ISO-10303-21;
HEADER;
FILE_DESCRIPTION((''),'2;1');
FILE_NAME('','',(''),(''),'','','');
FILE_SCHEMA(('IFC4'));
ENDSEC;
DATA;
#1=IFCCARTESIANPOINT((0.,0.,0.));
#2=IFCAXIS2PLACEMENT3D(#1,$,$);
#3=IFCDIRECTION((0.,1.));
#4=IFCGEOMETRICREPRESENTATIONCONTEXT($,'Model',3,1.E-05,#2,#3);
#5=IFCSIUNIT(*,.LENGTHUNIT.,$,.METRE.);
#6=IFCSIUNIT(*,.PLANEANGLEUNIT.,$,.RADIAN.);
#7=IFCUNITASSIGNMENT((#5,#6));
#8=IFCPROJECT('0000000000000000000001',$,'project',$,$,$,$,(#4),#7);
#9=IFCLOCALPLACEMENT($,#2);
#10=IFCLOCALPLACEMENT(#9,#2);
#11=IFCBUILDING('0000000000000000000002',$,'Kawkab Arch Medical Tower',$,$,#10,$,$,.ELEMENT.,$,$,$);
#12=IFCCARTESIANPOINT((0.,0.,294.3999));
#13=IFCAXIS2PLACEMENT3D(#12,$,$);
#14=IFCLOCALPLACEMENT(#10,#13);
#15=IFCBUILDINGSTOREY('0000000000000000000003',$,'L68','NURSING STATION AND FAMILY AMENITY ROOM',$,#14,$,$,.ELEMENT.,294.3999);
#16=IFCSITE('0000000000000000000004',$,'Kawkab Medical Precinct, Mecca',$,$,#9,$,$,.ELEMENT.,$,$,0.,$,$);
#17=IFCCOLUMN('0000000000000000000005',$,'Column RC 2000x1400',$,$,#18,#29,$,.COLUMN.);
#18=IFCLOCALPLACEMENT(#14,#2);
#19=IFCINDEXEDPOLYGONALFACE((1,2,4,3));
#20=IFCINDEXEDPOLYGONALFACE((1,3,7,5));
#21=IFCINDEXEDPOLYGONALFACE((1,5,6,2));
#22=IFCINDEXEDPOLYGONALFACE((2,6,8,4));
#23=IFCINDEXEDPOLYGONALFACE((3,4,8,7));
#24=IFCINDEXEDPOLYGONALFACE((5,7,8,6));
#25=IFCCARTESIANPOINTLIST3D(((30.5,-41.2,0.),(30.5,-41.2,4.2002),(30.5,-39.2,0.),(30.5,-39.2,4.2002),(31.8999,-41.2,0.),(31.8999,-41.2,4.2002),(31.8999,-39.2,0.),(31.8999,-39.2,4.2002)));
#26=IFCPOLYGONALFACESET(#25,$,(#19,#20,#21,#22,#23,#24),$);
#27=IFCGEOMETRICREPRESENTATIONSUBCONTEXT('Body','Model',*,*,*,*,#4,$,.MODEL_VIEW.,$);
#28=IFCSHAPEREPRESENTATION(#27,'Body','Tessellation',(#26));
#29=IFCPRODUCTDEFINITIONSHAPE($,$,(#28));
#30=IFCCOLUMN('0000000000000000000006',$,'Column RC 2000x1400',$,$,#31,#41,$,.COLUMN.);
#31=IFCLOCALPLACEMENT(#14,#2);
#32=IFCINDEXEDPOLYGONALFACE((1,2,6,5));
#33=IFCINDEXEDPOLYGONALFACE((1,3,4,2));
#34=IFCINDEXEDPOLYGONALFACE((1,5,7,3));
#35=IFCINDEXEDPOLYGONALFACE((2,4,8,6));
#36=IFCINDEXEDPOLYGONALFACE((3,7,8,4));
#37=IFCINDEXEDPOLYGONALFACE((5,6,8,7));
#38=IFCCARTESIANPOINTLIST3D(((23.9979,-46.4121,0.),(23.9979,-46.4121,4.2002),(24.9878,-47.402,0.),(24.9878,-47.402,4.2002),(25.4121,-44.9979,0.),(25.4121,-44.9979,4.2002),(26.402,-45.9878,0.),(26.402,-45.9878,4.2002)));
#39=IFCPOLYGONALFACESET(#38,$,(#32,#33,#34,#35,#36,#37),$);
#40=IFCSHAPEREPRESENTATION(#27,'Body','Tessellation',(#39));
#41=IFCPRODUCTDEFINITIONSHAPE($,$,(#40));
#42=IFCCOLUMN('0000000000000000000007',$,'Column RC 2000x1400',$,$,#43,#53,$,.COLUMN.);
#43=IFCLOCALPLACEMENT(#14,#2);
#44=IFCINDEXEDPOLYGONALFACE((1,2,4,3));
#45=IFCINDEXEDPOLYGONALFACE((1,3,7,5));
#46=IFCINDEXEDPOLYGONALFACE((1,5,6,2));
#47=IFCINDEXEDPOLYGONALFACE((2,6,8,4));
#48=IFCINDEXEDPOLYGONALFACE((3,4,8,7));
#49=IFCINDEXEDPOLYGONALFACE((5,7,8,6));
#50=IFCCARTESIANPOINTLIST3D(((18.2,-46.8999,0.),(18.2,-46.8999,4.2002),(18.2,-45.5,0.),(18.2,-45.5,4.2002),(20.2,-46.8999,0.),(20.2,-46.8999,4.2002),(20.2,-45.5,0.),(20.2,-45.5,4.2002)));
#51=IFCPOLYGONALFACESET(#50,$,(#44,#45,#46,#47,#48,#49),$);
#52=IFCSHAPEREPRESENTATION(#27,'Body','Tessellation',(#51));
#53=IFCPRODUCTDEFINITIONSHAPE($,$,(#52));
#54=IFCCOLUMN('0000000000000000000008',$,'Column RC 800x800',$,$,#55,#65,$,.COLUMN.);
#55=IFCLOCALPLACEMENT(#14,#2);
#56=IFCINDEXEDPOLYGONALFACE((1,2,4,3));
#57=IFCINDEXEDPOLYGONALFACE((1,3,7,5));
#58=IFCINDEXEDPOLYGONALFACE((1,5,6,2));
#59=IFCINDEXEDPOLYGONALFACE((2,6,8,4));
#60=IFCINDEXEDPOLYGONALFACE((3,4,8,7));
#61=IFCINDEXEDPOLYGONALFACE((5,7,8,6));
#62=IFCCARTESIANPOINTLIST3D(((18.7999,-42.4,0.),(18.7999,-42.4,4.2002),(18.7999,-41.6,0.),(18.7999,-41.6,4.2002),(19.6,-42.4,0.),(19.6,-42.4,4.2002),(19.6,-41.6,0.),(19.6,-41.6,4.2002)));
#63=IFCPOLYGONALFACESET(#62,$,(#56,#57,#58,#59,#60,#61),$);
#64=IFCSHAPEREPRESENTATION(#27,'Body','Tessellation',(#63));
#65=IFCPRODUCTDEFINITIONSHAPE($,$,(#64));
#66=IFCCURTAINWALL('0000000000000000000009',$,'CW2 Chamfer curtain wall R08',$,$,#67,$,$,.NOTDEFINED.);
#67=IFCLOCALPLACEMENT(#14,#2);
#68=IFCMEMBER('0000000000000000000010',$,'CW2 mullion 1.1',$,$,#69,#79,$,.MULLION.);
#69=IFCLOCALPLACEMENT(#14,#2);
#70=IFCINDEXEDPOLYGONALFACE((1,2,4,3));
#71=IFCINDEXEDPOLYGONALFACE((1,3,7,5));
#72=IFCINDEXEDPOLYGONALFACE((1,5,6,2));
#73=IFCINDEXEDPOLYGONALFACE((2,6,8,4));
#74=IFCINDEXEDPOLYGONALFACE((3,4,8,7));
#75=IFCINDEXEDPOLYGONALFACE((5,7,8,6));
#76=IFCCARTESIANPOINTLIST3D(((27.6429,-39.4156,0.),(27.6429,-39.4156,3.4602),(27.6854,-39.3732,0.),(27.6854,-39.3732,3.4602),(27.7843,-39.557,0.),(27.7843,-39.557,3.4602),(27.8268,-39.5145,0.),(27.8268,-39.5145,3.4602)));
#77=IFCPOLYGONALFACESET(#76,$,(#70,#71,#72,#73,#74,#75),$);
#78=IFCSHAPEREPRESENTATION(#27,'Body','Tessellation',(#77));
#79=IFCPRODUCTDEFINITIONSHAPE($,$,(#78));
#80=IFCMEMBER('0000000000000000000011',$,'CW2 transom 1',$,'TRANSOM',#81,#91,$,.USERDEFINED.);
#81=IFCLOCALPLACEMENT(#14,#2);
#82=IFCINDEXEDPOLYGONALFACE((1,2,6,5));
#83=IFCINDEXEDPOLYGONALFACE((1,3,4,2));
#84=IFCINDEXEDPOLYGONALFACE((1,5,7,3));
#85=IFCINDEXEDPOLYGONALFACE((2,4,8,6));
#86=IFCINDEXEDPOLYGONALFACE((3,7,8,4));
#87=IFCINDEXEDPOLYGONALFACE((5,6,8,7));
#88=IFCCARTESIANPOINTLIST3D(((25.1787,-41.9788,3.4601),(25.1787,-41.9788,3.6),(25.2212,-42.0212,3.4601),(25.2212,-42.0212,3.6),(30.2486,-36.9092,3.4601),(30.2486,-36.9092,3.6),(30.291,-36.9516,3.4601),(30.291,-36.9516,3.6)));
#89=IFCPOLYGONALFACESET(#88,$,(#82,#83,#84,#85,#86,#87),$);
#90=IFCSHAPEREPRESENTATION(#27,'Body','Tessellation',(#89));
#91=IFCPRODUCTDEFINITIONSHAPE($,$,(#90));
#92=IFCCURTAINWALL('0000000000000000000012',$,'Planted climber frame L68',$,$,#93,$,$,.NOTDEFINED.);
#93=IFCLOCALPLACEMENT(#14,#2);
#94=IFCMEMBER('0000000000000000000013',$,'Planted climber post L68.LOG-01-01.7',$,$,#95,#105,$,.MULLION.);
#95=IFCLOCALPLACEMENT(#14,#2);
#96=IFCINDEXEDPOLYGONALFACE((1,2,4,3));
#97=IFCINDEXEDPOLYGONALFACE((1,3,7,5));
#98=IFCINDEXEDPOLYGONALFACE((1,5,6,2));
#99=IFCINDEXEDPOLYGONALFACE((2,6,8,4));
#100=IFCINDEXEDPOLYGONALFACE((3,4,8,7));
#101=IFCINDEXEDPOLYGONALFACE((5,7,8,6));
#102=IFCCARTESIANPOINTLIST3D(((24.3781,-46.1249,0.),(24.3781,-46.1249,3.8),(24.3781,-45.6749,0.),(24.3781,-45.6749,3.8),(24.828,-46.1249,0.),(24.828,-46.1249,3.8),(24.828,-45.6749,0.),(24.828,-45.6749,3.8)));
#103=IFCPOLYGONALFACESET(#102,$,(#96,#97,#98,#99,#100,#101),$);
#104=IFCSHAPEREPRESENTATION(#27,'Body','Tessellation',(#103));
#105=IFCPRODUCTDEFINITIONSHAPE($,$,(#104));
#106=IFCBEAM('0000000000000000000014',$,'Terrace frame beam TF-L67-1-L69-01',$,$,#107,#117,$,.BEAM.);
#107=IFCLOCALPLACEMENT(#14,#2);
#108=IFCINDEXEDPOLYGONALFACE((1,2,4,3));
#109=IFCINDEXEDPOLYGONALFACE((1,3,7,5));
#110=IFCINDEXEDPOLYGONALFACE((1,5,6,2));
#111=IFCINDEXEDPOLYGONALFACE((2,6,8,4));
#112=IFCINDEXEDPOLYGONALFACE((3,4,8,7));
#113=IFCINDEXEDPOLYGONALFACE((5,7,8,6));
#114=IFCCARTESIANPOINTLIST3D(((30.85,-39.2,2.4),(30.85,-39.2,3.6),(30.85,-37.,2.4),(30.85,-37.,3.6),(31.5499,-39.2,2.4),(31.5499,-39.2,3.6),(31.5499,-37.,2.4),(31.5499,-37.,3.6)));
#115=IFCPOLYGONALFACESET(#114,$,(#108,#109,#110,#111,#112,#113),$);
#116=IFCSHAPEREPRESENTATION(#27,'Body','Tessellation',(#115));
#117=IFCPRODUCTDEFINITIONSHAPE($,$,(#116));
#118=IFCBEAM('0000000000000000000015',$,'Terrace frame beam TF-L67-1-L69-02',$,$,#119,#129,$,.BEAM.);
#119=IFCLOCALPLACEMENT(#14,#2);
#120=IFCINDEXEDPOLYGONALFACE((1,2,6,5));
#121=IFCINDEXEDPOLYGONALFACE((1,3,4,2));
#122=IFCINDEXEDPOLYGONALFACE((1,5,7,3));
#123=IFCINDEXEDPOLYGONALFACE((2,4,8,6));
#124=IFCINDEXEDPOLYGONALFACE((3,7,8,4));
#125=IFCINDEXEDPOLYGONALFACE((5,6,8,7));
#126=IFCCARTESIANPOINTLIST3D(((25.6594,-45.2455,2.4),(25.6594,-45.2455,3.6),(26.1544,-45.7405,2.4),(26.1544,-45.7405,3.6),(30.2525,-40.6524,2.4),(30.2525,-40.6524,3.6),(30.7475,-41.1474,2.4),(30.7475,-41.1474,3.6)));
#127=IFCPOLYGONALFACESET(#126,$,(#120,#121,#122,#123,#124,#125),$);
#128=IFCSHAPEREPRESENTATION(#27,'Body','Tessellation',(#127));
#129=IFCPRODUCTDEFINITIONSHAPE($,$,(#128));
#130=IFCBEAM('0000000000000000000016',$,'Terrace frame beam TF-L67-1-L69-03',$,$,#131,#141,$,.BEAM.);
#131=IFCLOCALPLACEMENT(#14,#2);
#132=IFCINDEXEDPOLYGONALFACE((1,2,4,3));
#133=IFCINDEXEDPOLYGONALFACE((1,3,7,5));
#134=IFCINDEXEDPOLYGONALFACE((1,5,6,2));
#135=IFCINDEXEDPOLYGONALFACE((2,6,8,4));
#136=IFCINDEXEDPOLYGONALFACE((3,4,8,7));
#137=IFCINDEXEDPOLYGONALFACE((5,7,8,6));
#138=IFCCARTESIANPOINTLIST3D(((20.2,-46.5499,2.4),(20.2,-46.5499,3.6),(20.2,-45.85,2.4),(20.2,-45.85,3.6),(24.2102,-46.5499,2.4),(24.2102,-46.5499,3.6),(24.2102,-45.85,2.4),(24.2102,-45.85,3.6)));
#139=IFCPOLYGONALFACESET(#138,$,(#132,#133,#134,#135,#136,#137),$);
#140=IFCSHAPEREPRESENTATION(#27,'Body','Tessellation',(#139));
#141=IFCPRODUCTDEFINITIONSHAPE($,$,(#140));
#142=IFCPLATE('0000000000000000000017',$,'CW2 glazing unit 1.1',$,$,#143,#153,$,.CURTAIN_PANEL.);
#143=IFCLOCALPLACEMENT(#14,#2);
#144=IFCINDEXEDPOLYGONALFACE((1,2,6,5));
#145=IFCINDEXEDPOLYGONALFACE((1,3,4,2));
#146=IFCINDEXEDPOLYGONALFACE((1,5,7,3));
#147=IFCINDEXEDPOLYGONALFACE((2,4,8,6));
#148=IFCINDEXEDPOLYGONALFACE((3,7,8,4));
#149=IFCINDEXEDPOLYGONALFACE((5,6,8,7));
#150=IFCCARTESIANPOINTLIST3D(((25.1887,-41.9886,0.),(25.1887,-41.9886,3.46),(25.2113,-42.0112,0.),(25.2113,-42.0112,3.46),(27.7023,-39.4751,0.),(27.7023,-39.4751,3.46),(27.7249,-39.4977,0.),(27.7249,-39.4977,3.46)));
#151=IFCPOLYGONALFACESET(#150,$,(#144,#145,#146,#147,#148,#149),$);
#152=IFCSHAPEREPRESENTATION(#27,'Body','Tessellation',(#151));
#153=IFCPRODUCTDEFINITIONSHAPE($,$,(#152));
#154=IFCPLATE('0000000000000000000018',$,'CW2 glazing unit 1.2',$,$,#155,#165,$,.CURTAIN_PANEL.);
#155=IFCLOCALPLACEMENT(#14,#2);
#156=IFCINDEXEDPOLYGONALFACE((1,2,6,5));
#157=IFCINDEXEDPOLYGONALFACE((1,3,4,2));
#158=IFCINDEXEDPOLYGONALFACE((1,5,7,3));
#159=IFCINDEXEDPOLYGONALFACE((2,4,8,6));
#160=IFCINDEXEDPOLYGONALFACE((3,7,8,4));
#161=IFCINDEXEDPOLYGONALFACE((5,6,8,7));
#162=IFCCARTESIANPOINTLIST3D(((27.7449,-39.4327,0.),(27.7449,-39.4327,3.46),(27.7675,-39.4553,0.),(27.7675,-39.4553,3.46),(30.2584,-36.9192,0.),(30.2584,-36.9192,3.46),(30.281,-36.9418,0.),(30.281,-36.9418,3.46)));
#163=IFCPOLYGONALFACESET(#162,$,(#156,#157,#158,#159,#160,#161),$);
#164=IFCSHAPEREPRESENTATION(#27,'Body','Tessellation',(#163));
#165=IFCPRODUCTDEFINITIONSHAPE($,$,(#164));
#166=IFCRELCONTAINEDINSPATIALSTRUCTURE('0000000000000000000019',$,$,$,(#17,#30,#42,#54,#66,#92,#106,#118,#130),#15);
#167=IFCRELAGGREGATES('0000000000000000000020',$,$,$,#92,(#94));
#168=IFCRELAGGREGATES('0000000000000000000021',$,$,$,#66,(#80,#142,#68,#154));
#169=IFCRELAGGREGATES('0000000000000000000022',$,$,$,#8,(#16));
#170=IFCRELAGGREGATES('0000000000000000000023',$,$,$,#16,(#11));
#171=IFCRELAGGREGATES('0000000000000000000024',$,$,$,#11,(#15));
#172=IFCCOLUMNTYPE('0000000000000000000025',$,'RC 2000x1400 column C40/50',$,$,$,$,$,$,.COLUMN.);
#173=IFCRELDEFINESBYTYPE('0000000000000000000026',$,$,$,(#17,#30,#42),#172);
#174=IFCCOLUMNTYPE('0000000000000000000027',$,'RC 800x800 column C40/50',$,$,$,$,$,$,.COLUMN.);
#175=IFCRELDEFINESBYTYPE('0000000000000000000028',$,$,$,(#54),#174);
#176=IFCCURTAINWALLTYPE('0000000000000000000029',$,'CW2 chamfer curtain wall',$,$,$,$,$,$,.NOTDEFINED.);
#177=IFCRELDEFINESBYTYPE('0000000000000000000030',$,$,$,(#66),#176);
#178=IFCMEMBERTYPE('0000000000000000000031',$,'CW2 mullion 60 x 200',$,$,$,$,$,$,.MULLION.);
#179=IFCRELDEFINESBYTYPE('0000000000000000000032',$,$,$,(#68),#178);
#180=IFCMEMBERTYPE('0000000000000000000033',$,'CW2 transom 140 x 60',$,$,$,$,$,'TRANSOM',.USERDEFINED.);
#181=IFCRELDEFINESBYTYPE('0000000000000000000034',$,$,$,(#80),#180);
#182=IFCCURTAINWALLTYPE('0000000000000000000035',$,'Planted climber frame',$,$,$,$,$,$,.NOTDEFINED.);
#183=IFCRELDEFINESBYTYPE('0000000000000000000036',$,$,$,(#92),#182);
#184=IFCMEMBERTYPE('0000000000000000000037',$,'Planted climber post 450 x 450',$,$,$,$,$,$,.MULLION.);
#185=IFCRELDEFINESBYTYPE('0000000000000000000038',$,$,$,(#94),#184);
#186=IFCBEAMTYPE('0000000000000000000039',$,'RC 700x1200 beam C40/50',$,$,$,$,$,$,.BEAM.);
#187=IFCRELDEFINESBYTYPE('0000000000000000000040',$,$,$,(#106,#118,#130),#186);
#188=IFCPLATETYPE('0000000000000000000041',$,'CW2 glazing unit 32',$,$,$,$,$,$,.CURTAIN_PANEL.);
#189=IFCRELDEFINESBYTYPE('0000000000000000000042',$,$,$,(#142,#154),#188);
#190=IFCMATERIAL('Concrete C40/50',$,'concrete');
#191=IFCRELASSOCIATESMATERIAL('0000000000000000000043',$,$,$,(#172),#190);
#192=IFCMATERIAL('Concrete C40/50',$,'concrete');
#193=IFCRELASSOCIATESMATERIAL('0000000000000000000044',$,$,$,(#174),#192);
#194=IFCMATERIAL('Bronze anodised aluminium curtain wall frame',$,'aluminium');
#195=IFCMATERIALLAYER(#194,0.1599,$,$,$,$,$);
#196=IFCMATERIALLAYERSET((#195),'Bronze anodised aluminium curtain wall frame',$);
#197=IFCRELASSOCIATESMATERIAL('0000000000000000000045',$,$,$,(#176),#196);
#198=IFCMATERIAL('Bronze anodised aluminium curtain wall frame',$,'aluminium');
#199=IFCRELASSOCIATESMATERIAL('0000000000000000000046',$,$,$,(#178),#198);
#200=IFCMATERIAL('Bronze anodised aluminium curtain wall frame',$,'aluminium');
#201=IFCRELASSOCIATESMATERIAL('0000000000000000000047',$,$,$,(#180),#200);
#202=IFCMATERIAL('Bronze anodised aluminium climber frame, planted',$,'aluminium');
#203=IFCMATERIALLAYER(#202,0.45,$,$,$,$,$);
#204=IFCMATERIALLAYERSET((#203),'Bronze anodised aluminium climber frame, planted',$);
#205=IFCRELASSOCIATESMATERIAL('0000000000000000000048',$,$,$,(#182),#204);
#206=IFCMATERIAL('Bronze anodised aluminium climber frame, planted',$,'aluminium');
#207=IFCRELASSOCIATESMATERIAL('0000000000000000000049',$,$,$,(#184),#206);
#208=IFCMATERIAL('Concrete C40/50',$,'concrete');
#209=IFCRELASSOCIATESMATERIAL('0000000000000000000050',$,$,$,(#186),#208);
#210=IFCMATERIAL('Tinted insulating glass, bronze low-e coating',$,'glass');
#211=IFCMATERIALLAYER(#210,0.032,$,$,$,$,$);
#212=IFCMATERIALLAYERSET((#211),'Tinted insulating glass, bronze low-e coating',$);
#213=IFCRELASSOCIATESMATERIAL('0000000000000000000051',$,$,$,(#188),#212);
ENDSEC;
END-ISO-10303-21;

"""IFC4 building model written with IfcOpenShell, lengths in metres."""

from ifc_helpers import new_model, si_unit, direction, frame, origin, origin_2d, place, context, subcontext, project, spatial, rectangle, extrude, material, layer, layer_set, material_profile, profile_set, type_object, element, aggregate, save


model = new_model("IFC4")

# Units and contexts
model_context = context("Model", 3, precision=1e-05, world=origin(), true_north=direction((0.0, 1.0)))
body_context = subcontext(model_context, "Body", "Model", "MODEL_VIEW")
ifc_project = project(units=[si_unit("LENGTHUNIT", "METRE"), si_unit("PLANEANGLEUNIT", "RADIAN")], contexts=[model_context])

# Site, building, storey
site_placement = place(None, origin())
site = spatial("IfcSite", under=ifc_project, at=site_placement, Name="Kawkab Medical Precinct, Mecca", CompositionType="ELEMENT", RefElevation=0.0)
building_placement = place(site_placement, origin())
building = spatial("IfcBuilding", under=site, at=building_placement, Name="Kawkab Arch Medical Tower", CompositionType="ELEMENT")
storey_placement = place(building_placement, frame((0.0, 0.0, 294.3999)))
storey = spatial("IfcBuildingStorey", under=building, at=storey_placement, Name="L68", Description="NURSING STATION AND FAMILY AMENITY ROOM", CompositionType="ELEMENT", Elevation=294.3999)

# Columns
ifc_material_1 = material(Name="Concrete C40/50", Category="concrete")
ifc_material_profile_1 = material_profile(ifc_material_1, rectangle(XDim=2.0, YDim=1.3999, at=origin_2d()), Name="RC 2000x1400")
ifc_profile_set_1 = profile_set([ifc_material_profile_1], Name="Concrete C40/50")
column_type_1 = type_object("IfcColumnType", Name="RC 2000x1400 column C40/50", PredefinedType="COLUMN", material=ifc_profile_set_1)
for number, where, z_axis, x_axis, name in (
    (1, (31.2, -40.2, 0.0), (0.0, 0.0, 1.0), (0.0, -1.0, 0.0), "Column RC 2000x1400"),
    (2, (25.2, -46.2, 0.0), (0.0, 0.0, 1.0), (-0.707107, -0.707107, 0.0), "Column RC 2000x1400"),
    (3, (19.2, -46.2, 0.0), (0.0, 0.0, 1.0), (-1.0, 0.0, 0.0), "Column RC 2000x1400"),
):
    element("IfcColumn", number, at=place(storey_placement, frame(where, z_axis=z_axis, x_axis=x_axis)), inside=storey, type_object=column_type_1, Name=name, PredefinedType="COLUMN", context=body_context, shape_type="SweptSolid", body=[
        extrude(rectangle(XDim=2.0, YDim=1.3999, at=origin_2d()), origin(), (0.0, 0.0, 1.0), 4.2002),
    ])
ifc_material_2 = material(Name="Concrete C40/50", Category="concrete")
ifc_material_profile_2 = material_profile(ifc_material_2, rectangle(XDim=0.8, YDim=0.8, at=origin_2d()), Name="RC 800x800")
ifc_profile_set_2 = profile_set([ifc_material_profile_2], Name="Concrete C40/50")
column_type_2 = type_object("IfcColumnType", Name="RC 800x800 column C40/50", PredefinedType="COLUMN", material=ifc_profile_set_2)
column_placement = place(storey_placement, frame((19.2, -42.0, 0.0), z_axis=(0.0, 0.0, 1.0), x_axis=(1.0, 0.0, 0.0)))
element("IfcColumn", 4, at=column_placement, inside=storey, type_object=column_type_2, Name="Column RC 800x800", PredefinedType="COLUMN", context=body_context, shape_type="SweptSolid", body=[
    extrude(rectangle(XDim=0.8, YDim=0.8, at=origin_2d()), origin(), (0.0, 0.0, 1.0), 4.2002),
])

# Curtain wall, members
ifc_material_3 = material(Name="Bronze anodised aluminium curtain wall frame", Category="aluminium")
ifc_layer_1 = layer(ifc_material_3, 0.1599)
ifc_layer_set_1 = layer_set([ifc_layer_1], Name="Bronze anodised aluminium curtain wall frame")
curtain_wall_type_1 = type_object("IfcCurtainWallType", Name="CW2 chamfer curtain wall", PredefinedType="NOTDEFINED", material=ifc_layer_set_1)
placement = place(storey_placement, origin())
curtain_wall_1 = element("IfcCurtainWall", 5, at=placement, inside=storey, type_object=curtain_wall_type_1, Name="CW2 Chamfer curtain wall R08", PredefinedType="NOTDEFINED")
ifc_material_4 = material(Name="Bronze anodised aluminium curtain wall frame", Category="aluminium")
ifc_material_profile_3 = material_profile(ifc_material_4, rectangle(XDim=0.2, YDim=0.0601, at=origin_2d()), Name="AL 60x200")
ifc_profile_set_3 = profile_set([ifc_material_profile_3], Name="Bronze anodised aluminium curtain wall frame")
member_type_1 = type_object("IfcMemberType", Name="CW2 mullion 60 x 200", PredefinedType="MULLION", material=ifc_profile_set_3)
member_1_placement = place(storey_placement, frame((27.7349, -39.4651, 0.0), z_axis=(0.0, 0.0, 1.0), x_axis=(-0.707107, 0.707107, 0.0)))
member_1 = element("IfcMember", 6, at=member_1_placement, type_object=member_type_1, Name="CW2 mullion 1.1", PredefinedType="MULLION", context=body_context, shape_type="SweptSolid", body=[
    extrude(rectangle(XDim=0.2, YDim=0.0601, at=origin_2d()), origin(), (0.0, 0.0, 1.0), 3.4602),
])
ifc_material_5 = material(Name="Bronze anodised aluminium curtain wall frame", Category="aluminium")
ifc_material_profile_4 = material_profile(ifc_material_5, rectangle(XDim=0.0601, YDim=0.1399, at=origin_2d()), Name="AL 60x140")
ifc_profile_set_4 = profile_set([ifc_material_profile_4], Name="Bronze anodised aluminium curtain wall frame")
member_type_2 = type_object("IfcMemberType", Name="CW2 transom 140 x 60", ElementType="TRANSOM", PredefinedType="USERDEFINED", material=ifc_profile_set_4)
member_2_placement = place(storey_placement, frame((25.2, -42.0, 3.53), z_axis=(0.707124, 0.70709, 0.0), x_axis=(-0.70709, 0.707124, 0.0)))
member_2 = element("IfcMember", 7, at=member_2_placement, type_object=member_type_2, Name="CW2 transom 1", ObjectType="TRANSOM", PredefinedType="USERDEFINED", context=body_context, shape_type="SweptSolid", body=[
    extrude(rectangle(XDim=0.0601, YDim=0.1399, at=origin_2d()), origin(), (0.0, 0.0, 1.0), 7.1697),
])

# Curtain wall, member
ifc_material_6 = material(Name="Bronze anodised aluminium climber frame, planted", Category="aluminium")
ifc_layer_2 = layer(ifc_material_6, 0.45)
ifc_layer_set_2 = layer_set([ifc_layer_2], Name="Bronze anodised aluminium climber frame, planted")
curtain_wall_type_2 = type_object("IfcCurtainWallType", Name="Planted climber frame", PredefinedType="NOTDEFINED", material=ifc_layer_set_2)
curtain_wall_2 = element("IfcCurtainWall", 8, at=placement, inside=storey, type_object=curtain_wall_type_2, Name="Planted climber frame L68", PredefinedType="NOTDEFINED")
ifc_material_7 = material(Name="Bronze anodised aluminium climber frame, planted", Category="aluminium")
ifc_material_profile_5 = material_profile(ifc_material_7, rectangle(XDim=0.45, YDim=0.45, at=origin_2d()), Name="Post 450x450")
ifc_profile_set_5 = profile_set([ifc_material_profile_5], Name="Bronze anodised aluminium climber frame, planted")
member_type_3 = type_object("IfcMemberType", Name="Planted climber post 450 x 450", PredefinedType="MULLION", material=ifc_profile_set_5)
member_3_placement = place(storey_placement, frame((24.603, -45.8999, 0.0), z_axis=(0.0, 0.0, 1.0), x_axis=(1.0, 0.0, 0.0)))
member_3 = element("IfcMember", 9, at=member_3_placement, type_object=member_type_3, Name="Planted climber post L68.LOG-01-01.7", PredefinedType="MULLION", context=body_context, shape_type="SweptSolid", body=[
    extrude(rectangle(XDim=0.45, YDim=0.45, at=origin_2d()), origin(), (0.0, 0.0, 1.0), 3.8),
])
aggregate(curtain_wall_2, [member_3])

# Beams
ifc_material_8 = material(Name="Concrete C40/50", Category="concrete")
ifc_material_profile_6 = material_profile(ifc_material_8, rectangle(XDim=0.7, YDim=1.2, at=origin_2d()), Name="RC 700x1200")
ifc_profile_set_6 = profile_set([ifc_material_profile_6], Name="Concrete C40/50")
beam_type = type_object("IfcBeamType", Name="RC 700x1200 beam C40/50", PredefinedType="BEAM", material=ifc_profile_set_6)
beam_1_placement = place(storey_placement, frame((31.2, -37.0, 3.0), z_axis=(0.0, -1.0, 0.0), x_axis=(1.0, 0.0, 0.0)))
element("IfcBeam", 10, at=beam_1_placement, inside=storey, type_object=beam_type, Name="Terrace frame beam TF-L67-1-L69-01", PredefinedType="BEAM", context=body_context, shape_type="SweptSolid", body=[
    extrude(rectangle(XDim=0.7, YDim=1.2, at=origin_2d()), origin(), (0.0, 0.0, 1.0), 2.2),
])
beam_2_placement = place(storey_placement, frame((30.5, -40.8999, 3.0), z_axis=(-0.707107, -0.707107, 0.0), x_axis=(0.707107, -0.707107, 0.0)))
element("IfcBeam", 11, at=beam_2_placement, inside=storey, type_object=beam_type, Name="Terrace frame beam TF-L67-1-L69-02", PredefinedType="BEAM", context=body_context, shape_type="SweptSolid", body=[
    extrude(rectangle(XDim=0.7, YDim=1.2, at=origin_2d()), origin(), (0.0, 0.0, 1.0), 6.4956),
])
beam_3_placement = place(storey_placement, frame((24.2102, -46.2, 3.0), z_axis=(-1.0, 0.0, 0.0), x_axis=(0.0, -1.0, 0.0)))
element("IfcBeam", 12, at=beam_3_placement, inside=storey, type_object=beam_type, Name="Terrace frame beam TF-L67-1-L69-03", PredefinedType="BEAM", context=body_context, shape_type="SweptSolid", body=[
    extrude(rectangle(XDim=0.7, YDim=1.2, at=origin_2d()), origin(), (0.0, 0.0, 1.0), 4.0103),
])

# Plates
ifc_material_9 = material(Name="Tinted insulating glass, bronze low-e coating", Category="glass")
ifc_layer_3 = layer(ifc_material_9, 0.032)
ifc_layer_set_3 = layer_set([ifc_layer_3], Name="Tinted insulating glass, bronze low-e coating")
plate_type = type_object("IfcPlateType", Name="CW2 glazing unit 32", PredefinedType="CURTAIN_PANEL", material=ifc_layer_set_3)
plate_1_placement = place(storey_placement, frame((26.4568, -40.7432, 0.0), z_axis=(0.0, 0.0, 1.0), x_axis=(0.707107, 0.707107, 0.0)))
plate_1 = element("IfcPlate", 13, at=plate_1_placement, type_object=plate_type, Name="CW2 glazing unit 1.1", PredefinedType="CURTAIN_PANEL", context=body_context, shape_type="SweptSolid", body=[
    extrude(rectangle(XDim=3.5547, YDim=0.032, at=origin_2d()), origin(), (0.0, 0.0, 1.0), 3.46),
])
plate_2_placement = place(storey_placement, frame((29.0129, -38.1873, 0.0), z_axis=(0.0, 0.0, 1.0), x_axis=(0.707107, 0.707107, 0.0)))
plate_2 = element("IfcPlate", 14, at=plate_2_placement, type_object=plate_type, Name="CW2 glazing unit 1.2", PredefinedType="CURTAIN_PANEL", context=body_context, shape_type="SweptSolid", body=[
    extrude(rectangle(XDim=3.5547, YDim=0.032, at=origin_2d()), origin(), (0.0, 0.0, 1.0), 3.46),
])
aggregate(curtain_wall_1, [member_2, plate_1, member_1, plate_2])

save(model, "model.ifc")
